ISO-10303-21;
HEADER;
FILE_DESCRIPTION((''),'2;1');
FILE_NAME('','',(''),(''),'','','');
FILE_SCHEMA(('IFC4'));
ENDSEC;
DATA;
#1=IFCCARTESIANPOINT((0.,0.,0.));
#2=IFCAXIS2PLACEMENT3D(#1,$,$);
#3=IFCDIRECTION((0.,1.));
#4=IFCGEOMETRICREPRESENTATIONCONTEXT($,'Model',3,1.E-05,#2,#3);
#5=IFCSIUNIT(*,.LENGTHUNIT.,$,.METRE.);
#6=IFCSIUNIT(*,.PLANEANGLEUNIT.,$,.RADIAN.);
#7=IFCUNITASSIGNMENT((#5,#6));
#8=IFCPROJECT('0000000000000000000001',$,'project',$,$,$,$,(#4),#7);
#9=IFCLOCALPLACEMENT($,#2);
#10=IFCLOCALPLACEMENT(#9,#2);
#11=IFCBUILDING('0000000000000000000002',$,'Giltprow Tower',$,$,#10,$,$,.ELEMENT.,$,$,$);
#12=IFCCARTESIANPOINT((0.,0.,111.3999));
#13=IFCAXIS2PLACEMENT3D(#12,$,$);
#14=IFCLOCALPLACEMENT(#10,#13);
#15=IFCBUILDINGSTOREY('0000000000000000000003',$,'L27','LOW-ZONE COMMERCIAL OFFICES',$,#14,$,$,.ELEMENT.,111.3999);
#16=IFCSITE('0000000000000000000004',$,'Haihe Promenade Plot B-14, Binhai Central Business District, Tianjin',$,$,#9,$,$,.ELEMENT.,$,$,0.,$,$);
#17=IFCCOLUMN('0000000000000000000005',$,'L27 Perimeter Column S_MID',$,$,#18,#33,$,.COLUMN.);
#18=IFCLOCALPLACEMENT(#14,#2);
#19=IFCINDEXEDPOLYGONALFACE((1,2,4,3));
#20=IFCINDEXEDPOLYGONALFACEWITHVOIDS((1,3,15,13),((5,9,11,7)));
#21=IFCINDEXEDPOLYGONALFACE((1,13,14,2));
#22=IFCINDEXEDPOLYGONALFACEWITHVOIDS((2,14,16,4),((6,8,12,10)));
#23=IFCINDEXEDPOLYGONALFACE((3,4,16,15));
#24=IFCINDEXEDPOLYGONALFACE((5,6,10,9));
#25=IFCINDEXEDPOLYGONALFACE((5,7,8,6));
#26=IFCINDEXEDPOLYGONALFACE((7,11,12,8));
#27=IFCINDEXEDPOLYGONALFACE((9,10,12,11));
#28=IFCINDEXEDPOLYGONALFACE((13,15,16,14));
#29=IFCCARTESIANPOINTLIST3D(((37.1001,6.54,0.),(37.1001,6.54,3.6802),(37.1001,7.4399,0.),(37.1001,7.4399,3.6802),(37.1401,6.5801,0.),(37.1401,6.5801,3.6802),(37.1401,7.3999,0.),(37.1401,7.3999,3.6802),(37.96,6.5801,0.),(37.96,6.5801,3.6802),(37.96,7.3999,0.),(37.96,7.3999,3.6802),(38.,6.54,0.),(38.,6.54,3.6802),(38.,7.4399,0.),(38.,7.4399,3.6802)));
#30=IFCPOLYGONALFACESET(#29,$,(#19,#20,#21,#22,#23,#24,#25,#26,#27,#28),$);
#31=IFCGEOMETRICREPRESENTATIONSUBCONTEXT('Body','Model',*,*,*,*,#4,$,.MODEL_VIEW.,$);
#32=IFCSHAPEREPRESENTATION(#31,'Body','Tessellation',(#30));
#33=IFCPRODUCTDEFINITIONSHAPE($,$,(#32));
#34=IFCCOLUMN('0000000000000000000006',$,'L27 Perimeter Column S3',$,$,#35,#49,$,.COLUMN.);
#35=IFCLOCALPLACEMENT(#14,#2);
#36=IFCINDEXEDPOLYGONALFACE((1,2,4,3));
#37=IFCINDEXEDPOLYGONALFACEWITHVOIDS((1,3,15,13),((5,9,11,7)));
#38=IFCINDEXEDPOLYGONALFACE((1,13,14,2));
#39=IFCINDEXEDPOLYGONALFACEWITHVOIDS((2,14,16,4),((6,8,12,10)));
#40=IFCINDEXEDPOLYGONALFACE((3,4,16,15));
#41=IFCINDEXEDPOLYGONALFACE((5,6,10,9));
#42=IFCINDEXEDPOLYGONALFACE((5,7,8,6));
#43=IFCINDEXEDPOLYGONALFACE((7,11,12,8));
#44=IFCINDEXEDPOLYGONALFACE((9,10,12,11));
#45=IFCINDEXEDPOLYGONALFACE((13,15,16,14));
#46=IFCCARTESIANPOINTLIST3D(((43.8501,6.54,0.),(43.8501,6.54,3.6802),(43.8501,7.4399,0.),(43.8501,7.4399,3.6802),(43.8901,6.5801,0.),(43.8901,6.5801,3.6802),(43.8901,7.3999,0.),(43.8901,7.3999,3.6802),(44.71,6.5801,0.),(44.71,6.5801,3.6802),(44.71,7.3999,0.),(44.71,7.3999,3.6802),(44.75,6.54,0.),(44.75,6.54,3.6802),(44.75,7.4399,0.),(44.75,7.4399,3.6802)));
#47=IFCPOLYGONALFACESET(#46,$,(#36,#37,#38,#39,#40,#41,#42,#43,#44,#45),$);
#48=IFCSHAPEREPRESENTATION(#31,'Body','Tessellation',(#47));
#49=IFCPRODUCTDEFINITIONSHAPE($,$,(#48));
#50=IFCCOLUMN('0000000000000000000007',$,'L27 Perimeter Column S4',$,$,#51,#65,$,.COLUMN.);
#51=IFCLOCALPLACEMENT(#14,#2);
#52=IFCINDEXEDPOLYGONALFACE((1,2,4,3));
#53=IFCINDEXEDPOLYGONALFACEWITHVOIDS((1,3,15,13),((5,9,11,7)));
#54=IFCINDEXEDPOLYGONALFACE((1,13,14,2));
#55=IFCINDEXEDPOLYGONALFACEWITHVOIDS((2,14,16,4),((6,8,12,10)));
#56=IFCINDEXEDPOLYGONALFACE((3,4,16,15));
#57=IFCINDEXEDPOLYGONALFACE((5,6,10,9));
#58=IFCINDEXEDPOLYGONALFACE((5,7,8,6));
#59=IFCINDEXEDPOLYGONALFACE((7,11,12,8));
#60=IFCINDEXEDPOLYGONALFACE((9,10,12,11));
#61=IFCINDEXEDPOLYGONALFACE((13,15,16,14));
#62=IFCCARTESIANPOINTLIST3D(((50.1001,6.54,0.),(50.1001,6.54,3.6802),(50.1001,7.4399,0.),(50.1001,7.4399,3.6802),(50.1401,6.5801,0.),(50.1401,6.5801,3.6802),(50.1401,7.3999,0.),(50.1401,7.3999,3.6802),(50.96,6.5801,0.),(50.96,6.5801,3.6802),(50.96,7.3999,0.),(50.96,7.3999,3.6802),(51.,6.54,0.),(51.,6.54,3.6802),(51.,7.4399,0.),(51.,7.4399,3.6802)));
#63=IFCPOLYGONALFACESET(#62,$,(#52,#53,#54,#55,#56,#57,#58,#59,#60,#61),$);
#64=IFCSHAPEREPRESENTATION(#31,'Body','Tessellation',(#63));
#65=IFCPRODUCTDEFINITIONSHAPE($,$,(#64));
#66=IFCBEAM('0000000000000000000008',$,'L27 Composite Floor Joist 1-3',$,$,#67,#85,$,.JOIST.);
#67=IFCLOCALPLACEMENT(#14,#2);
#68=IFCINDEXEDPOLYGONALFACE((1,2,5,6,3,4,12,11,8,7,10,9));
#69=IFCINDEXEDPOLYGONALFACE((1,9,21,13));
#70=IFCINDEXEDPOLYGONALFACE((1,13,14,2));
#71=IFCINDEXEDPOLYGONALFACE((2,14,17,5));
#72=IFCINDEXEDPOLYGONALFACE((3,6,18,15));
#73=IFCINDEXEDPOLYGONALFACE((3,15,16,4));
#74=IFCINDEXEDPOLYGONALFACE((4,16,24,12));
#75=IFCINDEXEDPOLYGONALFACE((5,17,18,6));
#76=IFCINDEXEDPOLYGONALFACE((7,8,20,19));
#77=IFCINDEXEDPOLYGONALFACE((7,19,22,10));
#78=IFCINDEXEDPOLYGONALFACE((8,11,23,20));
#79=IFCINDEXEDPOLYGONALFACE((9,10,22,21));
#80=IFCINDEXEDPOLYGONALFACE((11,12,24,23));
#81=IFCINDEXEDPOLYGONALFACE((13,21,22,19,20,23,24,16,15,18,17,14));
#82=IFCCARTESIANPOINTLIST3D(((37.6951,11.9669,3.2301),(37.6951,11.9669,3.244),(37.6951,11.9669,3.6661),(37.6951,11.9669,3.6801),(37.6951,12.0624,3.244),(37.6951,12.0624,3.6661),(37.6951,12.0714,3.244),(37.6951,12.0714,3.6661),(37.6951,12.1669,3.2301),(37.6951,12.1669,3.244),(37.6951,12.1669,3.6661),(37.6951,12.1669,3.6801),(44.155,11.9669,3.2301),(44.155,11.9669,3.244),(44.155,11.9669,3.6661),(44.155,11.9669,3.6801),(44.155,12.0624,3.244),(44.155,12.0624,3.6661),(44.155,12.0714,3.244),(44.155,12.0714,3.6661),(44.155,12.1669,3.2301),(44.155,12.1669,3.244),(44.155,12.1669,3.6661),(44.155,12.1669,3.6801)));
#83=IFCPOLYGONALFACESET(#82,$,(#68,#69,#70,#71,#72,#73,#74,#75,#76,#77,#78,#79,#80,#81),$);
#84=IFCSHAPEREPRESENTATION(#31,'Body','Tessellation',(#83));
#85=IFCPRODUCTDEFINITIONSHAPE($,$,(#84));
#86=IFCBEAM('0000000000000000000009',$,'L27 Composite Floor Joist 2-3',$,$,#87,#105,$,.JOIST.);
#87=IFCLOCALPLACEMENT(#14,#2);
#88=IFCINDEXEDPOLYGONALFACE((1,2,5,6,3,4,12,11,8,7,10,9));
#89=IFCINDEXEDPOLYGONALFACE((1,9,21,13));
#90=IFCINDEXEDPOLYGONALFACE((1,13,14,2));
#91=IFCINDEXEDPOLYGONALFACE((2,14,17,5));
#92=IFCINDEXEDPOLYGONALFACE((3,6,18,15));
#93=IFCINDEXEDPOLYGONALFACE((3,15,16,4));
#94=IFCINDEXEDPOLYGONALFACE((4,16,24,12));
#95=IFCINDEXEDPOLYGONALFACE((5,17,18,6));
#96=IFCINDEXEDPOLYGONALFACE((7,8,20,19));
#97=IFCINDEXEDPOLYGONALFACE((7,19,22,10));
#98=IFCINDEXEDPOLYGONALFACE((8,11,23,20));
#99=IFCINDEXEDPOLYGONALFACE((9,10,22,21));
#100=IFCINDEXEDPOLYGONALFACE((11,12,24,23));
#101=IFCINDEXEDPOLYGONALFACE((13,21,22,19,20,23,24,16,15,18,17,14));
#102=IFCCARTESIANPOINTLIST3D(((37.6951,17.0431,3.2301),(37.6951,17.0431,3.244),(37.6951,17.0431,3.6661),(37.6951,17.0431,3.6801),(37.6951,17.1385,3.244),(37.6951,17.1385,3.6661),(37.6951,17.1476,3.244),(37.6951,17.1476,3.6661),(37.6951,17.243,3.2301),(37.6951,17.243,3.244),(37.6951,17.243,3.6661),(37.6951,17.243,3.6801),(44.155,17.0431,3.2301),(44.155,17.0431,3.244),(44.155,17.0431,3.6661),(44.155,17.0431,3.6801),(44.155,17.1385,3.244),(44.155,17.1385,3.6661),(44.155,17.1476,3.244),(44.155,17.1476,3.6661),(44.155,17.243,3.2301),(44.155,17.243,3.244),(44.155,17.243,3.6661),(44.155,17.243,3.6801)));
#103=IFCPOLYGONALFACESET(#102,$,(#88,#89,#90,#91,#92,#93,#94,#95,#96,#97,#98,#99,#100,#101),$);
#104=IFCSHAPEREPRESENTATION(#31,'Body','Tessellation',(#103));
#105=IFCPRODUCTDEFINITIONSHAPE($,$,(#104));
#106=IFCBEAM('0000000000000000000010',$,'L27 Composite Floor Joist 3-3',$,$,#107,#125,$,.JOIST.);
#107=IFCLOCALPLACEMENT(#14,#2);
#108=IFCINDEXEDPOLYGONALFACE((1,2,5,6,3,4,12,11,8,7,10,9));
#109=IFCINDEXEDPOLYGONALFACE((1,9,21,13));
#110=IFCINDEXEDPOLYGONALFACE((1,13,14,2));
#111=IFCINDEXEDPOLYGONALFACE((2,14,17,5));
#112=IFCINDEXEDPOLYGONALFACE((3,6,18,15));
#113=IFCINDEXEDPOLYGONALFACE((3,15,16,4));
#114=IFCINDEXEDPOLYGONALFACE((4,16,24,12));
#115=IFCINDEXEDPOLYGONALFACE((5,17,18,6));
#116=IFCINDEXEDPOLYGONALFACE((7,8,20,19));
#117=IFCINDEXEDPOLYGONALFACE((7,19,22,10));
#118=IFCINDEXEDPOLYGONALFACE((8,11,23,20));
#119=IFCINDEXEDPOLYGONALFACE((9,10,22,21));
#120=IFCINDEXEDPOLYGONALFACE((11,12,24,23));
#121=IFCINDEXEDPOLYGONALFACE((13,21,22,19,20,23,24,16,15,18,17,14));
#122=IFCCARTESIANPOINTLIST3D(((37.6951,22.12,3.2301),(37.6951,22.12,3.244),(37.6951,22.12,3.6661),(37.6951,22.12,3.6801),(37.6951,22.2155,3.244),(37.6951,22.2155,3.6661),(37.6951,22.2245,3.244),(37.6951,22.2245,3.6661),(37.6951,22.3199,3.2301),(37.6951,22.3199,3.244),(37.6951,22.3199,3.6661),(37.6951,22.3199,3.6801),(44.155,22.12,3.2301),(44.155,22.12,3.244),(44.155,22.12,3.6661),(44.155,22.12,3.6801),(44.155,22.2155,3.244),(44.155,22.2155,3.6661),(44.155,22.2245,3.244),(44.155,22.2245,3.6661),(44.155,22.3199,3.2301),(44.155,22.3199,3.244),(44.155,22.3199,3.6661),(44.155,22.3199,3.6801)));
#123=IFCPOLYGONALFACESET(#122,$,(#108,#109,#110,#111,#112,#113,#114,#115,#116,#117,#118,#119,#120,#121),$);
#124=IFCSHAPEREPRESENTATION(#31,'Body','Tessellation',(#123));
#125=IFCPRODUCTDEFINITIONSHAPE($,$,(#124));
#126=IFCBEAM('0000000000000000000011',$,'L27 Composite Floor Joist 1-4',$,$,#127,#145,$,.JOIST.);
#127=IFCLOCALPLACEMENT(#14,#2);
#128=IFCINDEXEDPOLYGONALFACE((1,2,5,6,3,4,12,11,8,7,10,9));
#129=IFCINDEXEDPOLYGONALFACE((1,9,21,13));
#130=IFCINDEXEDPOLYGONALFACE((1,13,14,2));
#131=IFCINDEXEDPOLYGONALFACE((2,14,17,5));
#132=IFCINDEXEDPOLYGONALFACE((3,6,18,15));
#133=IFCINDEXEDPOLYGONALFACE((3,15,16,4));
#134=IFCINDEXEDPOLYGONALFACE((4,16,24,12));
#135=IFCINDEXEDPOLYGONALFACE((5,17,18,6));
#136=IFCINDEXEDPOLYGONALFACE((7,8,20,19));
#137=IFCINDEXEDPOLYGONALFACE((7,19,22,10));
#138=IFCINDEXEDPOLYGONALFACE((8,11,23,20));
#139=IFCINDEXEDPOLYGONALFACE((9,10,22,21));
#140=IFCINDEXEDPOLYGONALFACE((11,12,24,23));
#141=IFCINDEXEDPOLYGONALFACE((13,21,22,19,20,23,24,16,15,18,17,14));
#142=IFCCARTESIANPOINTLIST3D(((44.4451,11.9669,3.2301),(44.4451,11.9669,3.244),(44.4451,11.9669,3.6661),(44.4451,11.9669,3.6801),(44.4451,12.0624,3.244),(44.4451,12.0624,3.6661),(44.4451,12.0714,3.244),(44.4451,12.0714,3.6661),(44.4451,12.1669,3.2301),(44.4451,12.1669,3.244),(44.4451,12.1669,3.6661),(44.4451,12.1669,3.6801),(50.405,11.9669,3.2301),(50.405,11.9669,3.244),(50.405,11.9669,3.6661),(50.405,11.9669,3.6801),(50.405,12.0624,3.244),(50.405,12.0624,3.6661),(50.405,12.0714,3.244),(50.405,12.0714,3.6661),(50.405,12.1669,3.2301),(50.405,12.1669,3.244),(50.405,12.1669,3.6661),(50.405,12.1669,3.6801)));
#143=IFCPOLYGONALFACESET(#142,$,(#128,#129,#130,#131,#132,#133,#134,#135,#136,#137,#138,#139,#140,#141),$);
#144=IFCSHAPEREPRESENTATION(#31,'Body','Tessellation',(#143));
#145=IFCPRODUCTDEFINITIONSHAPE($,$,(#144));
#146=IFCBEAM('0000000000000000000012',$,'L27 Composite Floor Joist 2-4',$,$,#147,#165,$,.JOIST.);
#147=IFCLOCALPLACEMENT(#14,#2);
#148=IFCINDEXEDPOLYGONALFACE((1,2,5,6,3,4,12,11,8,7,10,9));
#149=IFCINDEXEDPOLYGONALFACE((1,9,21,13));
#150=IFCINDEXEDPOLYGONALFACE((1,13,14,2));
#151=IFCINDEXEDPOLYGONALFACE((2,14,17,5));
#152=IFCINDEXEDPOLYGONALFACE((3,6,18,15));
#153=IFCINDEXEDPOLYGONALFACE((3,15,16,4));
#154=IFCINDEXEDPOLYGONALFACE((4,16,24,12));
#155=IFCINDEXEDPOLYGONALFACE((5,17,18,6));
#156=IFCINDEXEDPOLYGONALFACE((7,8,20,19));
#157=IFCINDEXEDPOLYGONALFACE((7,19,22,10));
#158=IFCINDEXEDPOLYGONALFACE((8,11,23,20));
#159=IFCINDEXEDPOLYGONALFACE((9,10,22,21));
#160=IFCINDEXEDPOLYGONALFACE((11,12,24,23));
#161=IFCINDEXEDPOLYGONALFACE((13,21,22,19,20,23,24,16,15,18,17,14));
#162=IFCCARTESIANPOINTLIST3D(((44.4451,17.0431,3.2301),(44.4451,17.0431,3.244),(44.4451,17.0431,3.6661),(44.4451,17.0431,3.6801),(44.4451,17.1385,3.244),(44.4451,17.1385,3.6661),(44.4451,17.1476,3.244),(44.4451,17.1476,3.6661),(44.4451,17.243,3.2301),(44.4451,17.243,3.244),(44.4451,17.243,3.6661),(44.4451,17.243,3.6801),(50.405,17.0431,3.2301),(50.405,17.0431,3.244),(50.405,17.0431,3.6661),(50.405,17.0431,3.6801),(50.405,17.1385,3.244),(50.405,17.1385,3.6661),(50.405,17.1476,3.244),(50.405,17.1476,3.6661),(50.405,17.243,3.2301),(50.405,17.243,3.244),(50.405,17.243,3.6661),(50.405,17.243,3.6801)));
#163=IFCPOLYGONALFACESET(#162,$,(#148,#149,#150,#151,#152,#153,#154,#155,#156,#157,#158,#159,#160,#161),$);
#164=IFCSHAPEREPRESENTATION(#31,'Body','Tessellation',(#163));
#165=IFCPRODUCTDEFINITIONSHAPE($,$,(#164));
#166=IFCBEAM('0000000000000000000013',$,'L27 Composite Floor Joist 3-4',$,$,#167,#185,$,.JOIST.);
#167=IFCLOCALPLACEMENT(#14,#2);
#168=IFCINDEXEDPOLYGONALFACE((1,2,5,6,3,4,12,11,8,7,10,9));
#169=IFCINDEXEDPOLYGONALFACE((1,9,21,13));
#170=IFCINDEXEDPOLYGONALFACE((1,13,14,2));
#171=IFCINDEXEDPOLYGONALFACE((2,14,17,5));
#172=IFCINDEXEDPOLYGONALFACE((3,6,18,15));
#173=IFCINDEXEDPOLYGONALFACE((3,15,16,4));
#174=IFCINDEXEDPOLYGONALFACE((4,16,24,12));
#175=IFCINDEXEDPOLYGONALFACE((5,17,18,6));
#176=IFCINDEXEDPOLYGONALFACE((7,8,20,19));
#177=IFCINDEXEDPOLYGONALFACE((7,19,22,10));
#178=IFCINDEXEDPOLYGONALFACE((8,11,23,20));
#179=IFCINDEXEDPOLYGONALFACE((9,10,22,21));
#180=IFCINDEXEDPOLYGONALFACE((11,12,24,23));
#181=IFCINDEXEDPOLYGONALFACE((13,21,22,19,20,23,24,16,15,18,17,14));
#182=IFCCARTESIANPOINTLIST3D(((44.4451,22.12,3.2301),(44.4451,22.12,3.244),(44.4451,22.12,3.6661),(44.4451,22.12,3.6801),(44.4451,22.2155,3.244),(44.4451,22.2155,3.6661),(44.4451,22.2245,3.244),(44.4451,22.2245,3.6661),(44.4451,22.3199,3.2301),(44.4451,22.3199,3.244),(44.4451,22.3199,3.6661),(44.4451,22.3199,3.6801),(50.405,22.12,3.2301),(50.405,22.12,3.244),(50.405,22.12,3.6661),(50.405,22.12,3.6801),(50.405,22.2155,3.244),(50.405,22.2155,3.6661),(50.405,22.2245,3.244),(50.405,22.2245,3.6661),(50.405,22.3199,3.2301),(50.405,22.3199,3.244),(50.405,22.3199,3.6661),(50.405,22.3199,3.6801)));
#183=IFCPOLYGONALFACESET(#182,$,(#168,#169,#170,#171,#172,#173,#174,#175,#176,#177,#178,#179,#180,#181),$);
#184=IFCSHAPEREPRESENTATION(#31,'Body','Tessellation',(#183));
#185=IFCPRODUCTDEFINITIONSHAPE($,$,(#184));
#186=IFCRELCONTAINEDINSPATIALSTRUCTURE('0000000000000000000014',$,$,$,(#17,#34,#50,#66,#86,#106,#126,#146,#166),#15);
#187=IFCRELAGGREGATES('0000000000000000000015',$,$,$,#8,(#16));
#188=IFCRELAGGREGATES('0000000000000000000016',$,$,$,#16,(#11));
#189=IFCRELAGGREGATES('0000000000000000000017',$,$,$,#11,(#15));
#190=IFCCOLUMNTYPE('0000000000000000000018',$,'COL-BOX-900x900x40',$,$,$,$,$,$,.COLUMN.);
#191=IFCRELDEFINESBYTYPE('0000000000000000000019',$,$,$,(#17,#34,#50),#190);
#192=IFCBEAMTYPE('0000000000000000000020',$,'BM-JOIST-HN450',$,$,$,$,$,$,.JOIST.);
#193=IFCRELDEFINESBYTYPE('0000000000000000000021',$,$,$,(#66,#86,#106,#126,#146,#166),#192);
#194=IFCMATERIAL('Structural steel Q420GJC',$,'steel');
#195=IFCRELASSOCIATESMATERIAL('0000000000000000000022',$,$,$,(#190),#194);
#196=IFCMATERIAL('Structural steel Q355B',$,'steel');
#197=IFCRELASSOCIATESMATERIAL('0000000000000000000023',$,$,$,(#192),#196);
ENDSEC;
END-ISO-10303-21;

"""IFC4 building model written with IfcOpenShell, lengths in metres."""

from ifc_helpers import new_model, si_unit, direction, frame, origin, origin_2d, place, context, subcontext, project, spatial, hollow_rectangle, i_section, extrude, source, transform, mapped, material, material_profile, profile_set, type_object, element, save


model = new_model("IFC4")

# Units and contexts
model_context = context("Model", 3, precision=1e-05, world=origin(), true_north=direction((0.0, 1.0)))
body_context = subcontext(model_context, "Body", "Model", "MODEL_VIEW")
ifc_project = project(units=[si_unit("LENGTHUNIT", "METRE"), si_unit("PLANEANGLEUNIT", "RADIAN")], contexts=[model_context])

# Site, building, storey
site_placement = place(None, origin())
site = spatial("IfcSite", under=ifc_project, at=site_placement, Name="Haihe Promenade Plot B-14, Binhai Central Business District, Tianjin", CompositionType="ELEMENT", RefElevation=0.0)
building_placement = place(site_placement, origin())
building = spatial("IfcBuilding", under=site, at=building_placement, Name="Giltprow Tower", CompositionType="ELEMENT")
storey_placement = place(building_placement, frame((0.0, 0.0, 111.3999)))
storey = spatial("IfcBuildingStorey", under=building, at=storey_placement, Name="L27", Description="LOW-ZONE COMMERCIAL OFFICES", CompositionType="ELEMENT", Elevation=111.3999)

# Columns
ifc_material_1 = material(Name="Structural steel Q420GJC", Category="steel")
ifc_material_profile_1 = material_profile(ifc_material_1, hollow_rectangle(XDim=0.8999, YDim=0.8999, WallThickness=0.04, at=origin_2d()), Name="BOX 900x900x40")
ifc_profile_set_1 = profile_set([ifc_material_profile_1], Name="Structural steel Q420GJC")
column_type = type_object("IfcColumnType", Name="COL-BOX-900x900x40", PredefinedType="COLUMN", material=ifc_profile_set_1)
shared_shape_1 = source(origin(), body_context, "Body", "SweptSolid", [
    extrude(hollow_rectangle(XDim=0.8999, YDim=0.8999, WallThickness=0.04, at=origin_2d()), origin(), (0.0, 0.0, 1.0), 3.6802),
])
for number, where, z_axis, x_axis, name in (
    (1, (37.55, 6.99, 0.0), (0.0, 0.0, 1.0), (1.0, 0.0, 0.0), "L27 Perimeter Column S_MID"),
    (2, (44.3, 6.99, 0.0), (0.0, 0.0, 1.0), (1.0, 0.0, 0.0), "L27 Perimeter Column S3"),
    (3, (50.55, 6.99, 0.0), (0.0, 0.0, 1.0), (1.0, 0.0, 0.0), "L27 Perimeter Column S4"),
):
    element("IfcColumn", number, at=place(storey_placement, frame(where, z_axis=z_axis, x_axis=x_axis)), inside=storey, type_object=column_type, Name=name, PredefinedType="COLUMN", context=body_context, shape_type="MappedRepresentation", body=[
        mapped(shared_shape_1, transform((0.0, 0.0, 0.0), x_axis=(1.0, 0.0, 0.0), y_axis=(0.0, 1.0, 0.0), z_axis=(0.0, 0.0, 1.0), scale=1.0)),
    ])

# Beams
ifc_material_2 = material(Name="Structural steel Q355B", Category="steel")
ifc_material_profile_2 = material_profile(ifc_material_2, i_section(OverallWidth=0.2, OverallDepth=0.45, WebThickness=0.009, FlangeThickness=0.0139, at=origin_2d()), Name="HN 450x200x9x14")
ifc_profile_set_2 = profile_set([ifc_material_profile_2], Name="Structural steel Q355B")
beam_type_1 = type_object("IfcBeamType", Name="BM-JOIST-HN450", PredefinedType="JOIST", material=ifc_profile_set_2)
shared_shape_2 = source(origin(), body_context, "Body", "SweptSolid", [
    extrude(i_section(OverallWidth=0.2, OverallDepth=0.45, WebThickness=0.009, FlangeThickness=0.0139, at=origin_2d()), origin(), (0.0, 0.0, 1.0), 6.46),
])
for number, where, z_axis, x_axis, name in (
    (4, (37.6951, 12.0669, 3.4551), (1.0, 0.0, 0.0), (0.0, 1.0, 0.0), "L27 Composite Floor Joist 1-3"),
    (5, (37.6951, 17.1431, 3.4551), (1.0, 0.0, 0.0), (0.0, 1.0, 0.0), "L27 Composite Floor Joist 2-3"),
    (6, (37.6951, 22.22, 3.4551), (1.0, 0.0, 0.0), (0.0, 1.0, 0.0), "L27 Composite Floor Joist 3-3"),
):
    element("IfcBeam", number, at=place(storey_placement, frame(where, z_axis=z_axis, x_axis=x_axis)), inside=storey, type_object=beam_type_1, Name=name, PredefinedType="JOIST", context=body_context, shape_type="MappedRepresentation", body=[
        mapped(shared_shape_2, transform((0.0, 0.0, 0.0), x_axis=(1.0, 0.0, 0.0), y_axis=(0.0, 1.0, 0.0), z_axis=(0.0, 0.0, 1.0), scale=1.0)),
    ])
shared_shape_3 = source(origin(), body_context, "Body", "SweptSolid", [
    extrude(i_section(OverallWidth=0.2, OverallDepth=0.45, WebThickness=0.009, FlangeThickness=0.0139, at=origin_2d()), origin(), (0.0, 0.0, 1.0), 5.96),
])
for number, where, z_axis, x_axis, name in (
    (7, (44.4451, 12.0669, 3.4551), (1.0, 0.0, 0.0), (0.0, 1.0, 0.0), "L27 Composite Floor Joist 1-4"),
    (8, (44.4451, 17.1431, 3.4551), (1.0, 0.0, 0.0), (0.0, 1.0, 0.0), "L27 Composite Floor Joist 2-4"),
    (9, (44.4451, 22.22, 3.4551), (1.0, 0.0, 0.0), (0.0, 1.0, 0.0), "L27 Composite Floor Joist 3-4"),
):
    element("IfcBeam", number, at=place(storey_placement, frame(where, z_axis=z_axis, x_axis=x_axis)), inside=storey, type_object=beam_type_1, Name=name, PredefinedType="JOIST", context=body_context, shape_type="MappedRepresentation", body=[
        mapped(shared_shape_3, transform((0.0, 0.0, 0.0), x_axis=(1.0, 0.0, 0.0), y_axis=(0.0, 1.0, 0.0), z_axis=(0.0, 0.0, 1.0), scale=1.0)),
    ])

save(model, "model.ifc")
